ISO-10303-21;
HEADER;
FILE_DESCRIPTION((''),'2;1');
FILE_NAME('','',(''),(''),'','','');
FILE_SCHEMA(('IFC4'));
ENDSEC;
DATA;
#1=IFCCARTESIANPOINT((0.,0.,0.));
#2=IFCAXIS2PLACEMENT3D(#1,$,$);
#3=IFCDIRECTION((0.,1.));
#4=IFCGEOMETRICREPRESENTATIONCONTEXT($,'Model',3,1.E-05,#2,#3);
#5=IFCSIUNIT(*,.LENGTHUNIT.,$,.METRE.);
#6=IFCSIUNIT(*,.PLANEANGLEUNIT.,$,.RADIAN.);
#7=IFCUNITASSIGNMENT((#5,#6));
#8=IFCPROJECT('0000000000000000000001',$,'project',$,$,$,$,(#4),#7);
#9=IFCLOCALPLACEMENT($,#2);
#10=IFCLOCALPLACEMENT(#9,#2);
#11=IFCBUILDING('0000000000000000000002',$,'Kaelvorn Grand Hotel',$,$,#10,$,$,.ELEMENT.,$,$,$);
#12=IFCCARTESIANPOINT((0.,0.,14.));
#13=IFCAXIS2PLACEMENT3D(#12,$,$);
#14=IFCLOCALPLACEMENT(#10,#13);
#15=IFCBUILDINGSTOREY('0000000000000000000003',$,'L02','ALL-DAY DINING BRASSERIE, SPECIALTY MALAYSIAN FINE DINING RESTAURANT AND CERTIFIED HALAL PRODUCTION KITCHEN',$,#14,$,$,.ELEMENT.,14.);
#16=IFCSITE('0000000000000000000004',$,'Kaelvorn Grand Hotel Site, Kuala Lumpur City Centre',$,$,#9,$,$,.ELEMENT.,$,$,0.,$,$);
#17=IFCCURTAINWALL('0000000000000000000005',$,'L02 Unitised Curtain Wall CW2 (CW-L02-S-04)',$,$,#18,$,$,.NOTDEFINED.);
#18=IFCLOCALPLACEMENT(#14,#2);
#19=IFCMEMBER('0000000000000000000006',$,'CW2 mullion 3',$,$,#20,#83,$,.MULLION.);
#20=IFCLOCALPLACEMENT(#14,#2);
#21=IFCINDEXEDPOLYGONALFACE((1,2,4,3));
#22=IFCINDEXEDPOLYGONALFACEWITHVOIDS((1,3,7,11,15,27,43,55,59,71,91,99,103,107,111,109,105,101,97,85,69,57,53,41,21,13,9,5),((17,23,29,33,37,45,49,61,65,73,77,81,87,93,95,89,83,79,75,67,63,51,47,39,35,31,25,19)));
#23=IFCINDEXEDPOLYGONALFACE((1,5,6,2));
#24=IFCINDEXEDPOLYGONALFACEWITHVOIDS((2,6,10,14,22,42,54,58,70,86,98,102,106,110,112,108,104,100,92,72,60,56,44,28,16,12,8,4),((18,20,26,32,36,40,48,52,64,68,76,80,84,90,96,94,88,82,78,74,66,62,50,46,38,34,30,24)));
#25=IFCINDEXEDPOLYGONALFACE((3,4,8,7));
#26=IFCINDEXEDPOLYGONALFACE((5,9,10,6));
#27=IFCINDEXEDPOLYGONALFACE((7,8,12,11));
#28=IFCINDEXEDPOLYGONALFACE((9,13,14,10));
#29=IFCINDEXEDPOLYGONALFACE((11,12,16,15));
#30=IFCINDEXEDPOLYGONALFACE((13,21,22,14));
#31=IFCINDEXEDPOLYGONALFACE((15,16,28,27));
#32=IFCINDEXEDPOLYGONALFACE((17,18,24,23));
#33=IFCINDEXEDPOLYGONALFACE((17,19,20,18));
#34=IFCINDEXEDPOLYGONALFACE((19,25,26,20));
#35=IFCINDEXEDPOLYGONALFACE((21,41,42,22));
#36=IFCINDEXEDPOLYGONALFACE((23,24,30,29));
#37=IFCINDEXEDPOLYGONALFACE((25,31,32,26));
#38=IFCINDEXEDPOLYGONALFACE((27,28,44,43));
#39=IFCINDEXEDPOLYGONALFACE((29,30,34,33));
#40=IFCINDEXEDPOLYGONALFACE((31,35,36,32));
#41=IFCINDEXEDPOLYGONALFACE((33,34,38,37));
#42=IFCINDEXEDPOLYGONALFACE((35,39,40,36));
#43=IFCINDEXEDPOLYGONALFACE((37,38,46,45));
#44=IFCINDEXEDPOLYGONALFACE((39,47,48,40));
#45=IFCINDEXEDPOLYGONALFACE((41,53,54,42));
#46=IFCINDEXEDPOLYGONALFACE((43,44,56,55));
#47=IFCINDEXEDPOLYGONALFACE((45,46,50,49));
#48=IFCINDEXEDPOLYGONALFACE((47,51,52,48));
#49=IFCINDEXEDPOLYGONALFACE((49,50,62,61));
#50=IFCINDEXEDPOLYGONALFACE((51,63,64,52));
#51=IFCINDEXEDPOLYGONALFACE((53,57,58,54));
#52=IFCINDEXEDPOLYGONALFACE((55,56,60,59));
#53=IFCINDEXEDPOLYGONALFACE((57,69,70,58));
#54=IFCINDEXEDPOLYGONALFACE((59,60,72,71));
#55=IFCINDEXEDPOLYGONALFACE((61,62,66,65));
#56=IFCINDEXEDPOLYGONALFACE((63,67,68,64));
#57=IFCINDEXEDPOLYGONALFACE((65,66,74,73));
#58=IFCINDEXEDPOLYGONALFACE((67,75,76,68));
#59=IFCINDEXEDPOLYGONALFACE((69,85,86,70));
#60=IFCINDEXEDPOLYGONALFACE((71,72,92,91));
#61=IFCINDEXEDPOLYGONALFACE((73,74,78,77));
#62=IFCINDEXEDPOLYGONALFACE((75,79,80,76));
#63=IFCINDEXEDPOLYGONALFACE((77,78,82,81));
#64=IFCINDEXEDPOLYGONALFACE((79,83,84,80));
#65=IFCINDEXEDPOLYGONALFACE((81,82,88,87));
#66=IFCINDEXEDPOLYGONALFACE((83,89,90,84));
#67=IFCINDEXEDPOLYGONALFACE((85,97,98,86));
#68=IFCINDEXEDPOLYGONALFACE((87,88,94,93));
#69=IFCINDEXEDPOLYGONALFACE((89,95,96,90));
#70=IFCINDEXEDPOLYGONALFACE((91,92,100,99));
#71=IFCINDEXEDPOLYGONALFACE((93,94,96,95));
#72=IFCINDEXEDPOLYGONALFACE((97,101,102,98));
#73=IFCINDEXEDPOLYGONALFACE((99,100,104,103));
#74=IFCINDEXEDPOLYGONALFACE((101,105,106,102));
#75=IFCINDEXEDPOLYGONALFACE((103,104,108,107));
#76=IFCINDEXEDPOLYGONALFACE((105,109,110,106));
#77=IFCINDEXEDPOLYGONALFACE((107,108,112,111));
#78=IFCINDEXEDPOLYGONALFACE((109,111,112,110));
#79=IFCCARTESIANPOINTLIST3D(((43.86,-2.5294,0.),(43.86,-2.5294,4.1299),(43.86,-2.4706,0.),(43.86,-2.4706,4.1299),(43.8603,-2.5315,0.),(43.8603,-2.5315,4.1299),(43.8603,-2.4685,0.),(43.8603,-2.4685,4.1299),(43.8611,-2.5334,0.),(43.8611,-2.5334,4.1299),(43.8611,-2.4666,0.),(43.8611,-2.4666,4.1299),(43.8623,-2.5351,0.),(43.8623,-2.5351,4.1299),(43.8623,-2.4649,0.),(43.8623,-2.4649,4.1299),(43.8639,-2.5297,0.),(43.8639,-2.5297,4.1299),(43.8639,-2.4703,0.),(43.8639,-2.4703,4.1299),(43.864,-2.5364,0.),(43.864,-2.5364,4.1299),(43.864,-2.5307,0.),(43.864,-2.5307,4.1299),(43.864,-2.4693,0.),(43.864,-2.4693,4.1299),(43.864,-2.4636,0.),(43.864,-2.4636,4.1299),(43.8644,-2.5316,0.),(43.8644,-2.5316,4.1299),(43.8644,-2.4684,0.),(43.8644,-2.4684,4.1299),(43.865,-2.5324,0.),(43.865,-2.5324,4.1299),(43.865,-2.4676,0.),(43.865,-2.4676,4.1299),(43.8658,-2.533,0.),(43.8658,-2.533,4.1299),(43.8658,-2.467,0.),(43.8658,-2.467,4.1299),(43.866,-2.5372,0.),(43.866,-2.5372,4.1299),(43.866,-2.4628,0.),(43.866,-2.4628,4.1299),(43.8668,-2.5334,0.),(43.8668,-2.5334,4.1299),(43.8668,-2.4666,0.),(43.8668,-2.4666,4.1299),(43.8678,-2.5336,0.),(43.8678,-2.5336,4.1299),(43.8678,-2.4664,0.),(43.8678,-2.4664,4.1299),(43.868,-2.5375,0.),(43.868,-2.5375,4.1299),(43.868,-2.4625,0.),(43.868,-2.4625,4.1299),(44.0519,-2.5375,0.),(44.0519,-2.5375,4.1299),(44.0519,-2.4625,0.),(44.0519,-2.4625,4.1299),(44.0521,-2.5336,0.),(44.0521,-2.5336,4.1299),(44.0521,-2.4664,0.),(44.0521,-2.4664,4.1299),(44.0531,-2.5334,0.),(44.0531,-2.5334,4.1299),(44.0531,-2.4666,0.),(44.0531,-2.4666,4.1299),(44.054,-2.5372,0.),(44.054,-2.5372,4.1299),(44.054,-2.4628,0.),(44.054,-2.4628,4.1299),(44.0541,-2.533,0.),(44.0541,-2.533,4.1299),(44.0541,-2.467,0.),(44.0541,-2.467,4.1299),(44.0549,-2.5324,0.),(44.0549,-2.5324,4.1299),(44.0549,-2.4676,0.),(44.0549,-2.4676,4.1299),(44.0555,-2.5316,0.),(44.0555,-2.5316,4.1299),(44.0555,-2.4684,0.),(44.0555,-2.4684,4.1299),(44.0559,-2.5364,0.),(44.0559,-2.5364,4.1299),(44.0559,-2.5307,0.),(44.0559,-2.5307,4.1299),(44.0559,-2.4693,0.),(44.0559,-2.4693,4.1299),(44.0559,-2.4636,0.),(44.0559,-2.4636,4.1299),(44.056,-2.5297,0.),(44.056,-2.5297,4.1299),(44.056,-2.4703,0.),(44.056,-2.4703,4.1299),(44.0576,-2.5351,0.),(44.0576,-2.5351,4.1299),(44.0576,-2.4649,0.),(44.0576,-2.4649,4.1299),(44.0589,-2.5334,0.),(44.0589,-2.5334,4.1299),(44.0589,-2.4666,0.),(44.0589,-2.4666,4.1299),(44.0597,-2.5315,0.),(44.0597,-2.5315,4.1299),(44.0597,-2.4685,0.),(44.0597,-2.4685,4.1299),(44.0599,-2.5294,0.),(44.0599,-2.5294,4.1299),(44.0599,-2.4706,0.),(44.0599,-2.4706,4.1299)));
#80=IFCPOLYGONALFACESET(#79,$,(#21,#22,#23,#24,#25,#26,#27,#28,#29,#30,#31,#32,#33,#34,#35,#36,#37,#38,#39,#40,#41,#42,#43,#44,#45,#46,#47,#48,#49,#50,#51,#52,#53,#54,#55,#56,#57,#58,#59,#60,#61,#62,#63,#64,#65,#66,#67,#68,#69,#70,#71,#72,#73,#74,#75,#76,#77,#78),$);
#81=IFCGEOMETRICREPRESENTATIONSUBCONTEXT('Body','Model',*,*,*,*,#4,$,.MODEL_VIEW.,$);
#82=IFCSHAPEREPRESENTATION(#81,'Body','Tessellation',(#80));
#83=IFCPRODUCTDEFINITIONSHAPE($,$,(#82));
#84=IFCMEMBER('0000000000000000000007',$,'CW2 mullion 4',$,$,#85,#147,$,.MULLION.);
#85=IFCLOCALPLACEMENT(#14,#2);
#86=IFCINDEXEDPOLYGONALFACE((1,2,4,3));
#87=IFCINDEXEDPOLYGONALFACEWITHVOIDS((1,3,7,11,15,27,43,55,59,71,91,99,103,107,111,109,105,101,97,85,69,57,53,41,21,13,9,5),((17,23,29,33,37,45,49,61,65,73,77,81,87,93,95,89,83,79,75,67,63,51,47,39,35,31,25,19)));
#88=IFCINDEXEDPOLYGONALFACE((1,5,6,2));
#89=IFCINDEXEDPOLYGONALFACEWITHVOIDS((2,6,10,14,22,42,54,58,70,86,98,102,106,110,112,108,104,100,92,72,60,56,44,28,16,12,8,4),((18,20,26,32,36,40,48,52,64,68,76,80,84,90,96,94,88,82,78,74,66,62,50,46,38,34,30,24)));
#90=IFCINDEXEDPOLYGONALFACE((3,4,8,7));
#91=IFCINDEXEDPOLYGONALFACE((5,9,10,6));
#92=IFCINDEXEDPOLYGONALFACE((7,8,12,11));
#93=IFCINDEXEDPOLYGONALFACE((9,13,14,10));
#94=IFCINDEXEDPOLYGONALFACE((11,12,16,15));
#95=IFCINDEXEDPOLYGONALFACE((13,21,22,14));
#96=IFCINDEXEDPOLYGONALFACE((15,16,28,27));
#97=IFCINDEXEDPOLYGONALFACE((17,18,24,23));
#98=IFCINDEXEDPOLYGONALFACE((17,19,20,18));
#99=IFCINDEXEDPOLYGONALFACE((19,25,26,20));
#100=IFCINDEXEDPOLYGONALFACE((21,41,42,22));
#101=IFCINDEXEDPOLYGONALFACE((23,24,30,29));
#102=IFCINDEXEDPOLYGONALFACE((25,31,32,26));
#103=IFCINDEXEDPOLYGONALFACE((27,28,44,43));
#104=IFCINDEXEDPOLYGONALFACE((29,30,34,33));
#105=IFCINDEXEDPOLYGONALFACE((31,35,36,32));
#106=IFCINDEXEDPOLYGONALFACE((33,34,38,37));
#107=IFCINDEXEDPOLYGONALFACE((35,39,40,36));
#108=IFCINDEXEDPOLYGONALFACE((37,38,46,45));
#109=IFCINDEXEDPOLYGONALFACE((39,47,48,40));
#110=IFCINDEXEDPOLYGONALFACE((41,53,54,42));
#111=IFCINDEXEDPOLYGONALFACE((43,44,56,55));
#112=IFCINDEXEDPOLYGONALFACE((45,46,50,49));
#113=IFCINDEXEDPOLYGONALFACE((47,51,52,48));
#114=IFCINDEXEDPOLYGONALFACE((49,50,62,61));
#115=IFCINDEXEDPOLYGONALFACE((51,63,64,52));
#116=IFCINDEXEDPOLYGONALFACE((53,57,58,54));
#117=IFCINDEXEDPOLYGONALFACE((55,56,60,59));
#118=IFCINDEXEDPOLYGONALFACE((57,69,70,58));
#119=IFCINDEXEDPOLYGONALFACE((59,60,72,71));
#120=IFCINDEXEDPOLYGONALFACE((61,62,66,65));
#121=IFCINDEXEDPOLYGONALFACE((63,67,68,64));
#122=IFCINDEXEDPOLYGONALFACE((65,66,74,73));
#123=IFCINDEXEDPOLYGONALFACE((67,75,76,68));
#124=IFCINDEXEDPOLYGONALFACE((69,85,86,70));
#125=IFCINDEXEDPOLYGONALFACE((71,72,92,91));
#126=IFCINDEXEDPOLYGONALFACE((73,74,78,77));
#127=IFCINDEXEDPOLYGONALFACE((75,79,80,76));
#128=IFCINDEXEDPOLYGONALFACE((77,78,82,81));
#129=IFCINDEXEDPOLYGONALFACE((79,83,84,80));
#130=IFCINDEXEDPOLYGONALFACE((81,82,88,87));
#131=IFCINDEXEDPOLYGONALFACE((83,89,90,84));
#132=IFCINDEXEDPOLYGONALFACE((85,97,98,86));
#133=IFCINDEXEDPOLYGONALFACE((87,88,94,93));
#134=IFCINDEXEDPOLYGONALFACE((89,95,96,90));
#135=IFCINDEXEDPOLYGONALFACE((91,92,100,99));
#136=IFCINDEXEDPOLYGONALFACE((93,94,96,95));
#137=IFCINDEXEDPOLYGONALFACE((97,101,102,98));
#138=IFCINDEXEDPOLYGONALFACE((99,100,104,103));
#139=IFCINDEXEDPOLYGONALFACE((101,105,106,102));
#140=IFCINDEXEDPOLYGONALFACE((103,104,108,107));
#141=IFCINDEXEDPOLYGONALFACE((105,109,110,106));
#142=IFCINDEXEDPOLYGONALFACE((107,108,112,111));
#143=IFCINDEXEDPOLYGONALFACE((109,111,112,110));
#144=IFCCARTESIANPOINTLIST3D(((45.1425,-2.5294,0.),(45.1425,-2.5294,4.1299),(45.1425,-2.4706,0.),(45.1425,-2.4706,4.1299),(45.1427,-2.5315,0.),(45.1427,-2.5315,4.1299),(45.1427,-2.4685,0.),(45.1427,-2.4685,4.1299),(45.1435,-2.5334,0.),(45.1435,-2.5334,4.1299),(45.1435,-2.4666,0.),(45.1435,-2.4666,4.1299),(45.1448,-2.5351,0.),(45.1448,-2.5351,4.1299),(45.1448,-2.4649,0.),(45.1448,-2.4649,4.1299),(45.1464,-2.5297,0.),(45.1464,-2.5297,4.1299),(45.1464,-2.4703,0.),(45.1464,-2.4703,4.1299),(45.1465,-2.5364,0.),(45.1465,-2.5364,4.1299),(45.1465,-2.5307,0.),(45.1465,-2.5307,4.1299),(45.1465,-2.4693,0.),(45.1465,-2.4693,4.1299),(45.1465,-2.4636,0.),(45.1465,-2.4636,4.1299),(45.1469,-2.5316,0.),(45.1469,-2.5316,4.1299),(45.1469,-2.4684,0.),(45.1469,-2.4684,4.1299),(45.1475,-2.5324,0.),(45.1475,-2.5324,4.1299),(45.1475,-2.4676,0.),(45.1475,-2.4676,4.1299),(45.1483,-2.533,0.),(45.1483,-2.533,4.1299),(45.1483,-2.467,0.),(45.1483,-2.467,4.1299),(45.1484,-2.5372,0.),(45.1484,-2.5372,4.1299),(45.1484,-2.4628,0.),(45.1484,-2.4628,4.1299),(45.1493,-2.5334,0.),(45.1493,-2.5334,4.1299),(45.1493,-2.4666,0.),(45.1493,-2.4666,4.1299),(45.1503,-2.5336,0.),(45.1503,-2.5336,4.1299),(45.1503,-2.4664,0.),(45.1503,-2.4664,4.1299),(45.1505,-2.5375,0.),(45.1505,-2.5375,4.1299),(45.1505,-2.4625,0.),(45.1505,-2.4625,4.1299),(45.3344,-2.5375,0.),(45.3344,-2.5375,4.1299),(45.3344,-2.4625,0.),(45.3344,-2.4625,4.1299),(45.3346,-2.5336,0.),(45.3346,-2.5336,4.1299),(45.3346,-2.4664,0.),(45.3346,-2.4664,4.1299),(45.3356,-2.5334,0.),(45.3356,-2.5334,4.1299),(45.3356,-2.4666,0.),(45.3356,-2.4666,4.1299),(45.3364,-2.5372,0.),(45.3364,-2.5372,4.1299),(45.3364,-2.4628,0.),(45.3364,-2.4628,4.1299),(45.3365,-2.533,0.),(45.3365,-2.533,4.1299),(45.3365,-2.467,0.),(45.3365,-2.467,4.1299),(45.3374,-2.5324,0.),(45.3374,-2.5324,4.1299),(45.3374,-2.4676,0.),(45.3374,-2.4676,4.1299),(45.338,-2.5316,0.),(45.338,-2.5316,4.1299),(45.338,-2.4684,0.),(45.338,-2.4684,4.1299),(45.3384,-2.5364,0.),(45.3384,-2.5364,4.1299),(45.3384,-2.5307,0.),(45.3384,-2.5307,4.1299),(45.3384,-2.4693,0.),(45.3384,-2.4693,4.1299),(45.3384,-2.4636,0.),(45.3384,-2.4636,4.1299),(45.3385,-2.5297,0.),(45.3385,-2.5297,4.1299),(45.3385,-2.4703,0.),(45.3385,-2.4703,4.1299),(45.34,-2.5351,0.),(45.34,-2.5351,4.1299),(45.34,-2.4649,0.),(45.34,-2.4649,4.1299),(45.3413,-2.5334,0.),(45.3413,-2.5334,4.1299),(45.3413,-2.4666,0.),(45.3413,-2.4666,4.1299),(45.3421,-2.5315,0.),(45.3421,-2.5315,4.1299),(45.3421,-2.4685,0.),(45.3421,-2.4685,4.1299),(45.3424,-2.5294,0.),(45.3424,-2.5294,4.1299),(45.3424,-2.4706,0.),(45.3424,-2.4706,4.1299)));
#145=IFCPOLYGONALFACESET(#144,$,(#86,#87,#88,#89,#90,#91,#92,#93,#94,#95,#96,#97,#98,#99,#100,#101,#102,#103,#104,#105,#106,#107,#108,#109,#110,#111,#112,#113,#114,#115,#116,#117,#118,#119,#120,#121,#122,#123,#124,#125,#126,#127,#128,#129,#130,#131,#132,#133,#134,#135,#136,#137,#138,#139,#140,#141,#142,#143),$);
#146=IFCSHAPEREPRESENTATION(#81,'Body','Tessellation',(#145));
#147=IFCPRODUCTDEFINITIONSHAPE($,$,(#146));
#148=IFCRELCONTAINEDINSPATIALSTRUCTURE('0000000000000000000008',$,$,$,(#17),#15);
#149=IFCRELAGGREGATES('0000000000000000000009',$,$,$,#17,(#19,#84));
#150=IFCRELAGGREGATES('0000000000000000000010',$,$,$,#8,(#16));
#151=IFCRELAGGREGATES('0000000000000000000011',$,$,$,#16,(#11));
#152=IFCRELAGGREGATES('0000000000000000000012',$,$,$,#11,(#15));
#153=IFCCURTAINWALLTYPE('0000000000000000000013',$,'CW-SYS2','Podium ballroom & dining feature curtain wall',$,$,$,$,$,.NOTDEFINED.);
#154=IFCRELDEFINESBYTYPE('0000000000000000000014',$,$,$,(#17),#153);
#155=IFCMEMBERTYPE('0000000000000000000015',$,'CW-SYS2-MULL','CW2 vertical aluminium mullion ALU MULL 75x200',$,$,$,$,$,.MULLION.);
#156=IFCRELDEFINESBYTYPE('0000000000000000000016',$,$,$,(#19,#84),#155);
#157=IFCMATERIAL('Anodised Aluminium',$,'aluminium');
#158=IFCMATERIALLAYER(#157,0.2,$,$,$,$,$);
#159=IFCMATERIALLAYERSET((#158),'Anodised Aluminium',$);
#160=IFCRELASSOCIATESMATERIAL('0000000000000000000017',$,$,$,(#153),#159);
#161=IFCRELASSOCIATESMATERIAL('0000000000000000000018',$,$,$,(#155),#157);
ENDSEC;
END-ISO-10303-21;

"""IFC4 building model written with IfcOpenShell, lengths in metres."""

from ifc_helpers import new_model, si_unit, direction, frame, origin, origin_2d, place, context, subcontext, project, spatial, hollow_rectangle, extrude, material, layer, layer_set, material_profile, profile_set, type_object, element, aggregate, save


model = new_model("IFC4")

# Units and contexts
model_context = context("Model", 3, precision=1e-05, world=origin(), true_north=direction((0.0, 1.0)))
body_context = subcontext(model_context, "Body", "Model", "MODEL_VIEW")
ifc_project = project(units=[si_unit("LENGTHUNIT", "METRE"), si_unit("PLANEANGLEUNIT", "RADIAN")], contexts=[model_context])

# Site, building, storey
site_placement = place(None, origin())
site = spatial("IfcSite", under=ifc_project, at=site_placement, Name="Kaelvorn Grand Hotel Site, Kuala Lumpur City Centre", CompositionType="ELEMENT", RefElevation=0.0)
building_placement = place(site_placement, origin())
building = spatial("IfcBuilding", under=site, at=building_placement, Name="Kaelvorn Grand Hotel", CompositionType="ELEMENT")
storey_placement = place(building_placement, frame((0.0, 0.0, 14.0)))
storey = spatial("IfcBuildingStorey", under=building, at=storey_placement, Name="L02", Description="ALL-DAY DINING BRASSERIE, SPECIALTY MALAYSIAN FINE DINING RESTAURANT AND CERTIFIED HALAL PRODUCTION KITCHEN", CompositionType="ELEMENT", Elevation=14.0)

# Curtain wall, members
ifc_material_1 = material(Name="Anodised Aluminium", Category="aluminium")
ifc_layer_1 = layer(ifc_material_1, 0.2)
ifc_layer_set_1 = layer_set([ifc_layer_1], Name="Anodised Aluminium")
curtain_wall_type = type_object("IfcCurtainWallType", Name="CW-SYS2", Description="Podium ballroom & dining feature curtain wall", PredefinedType="NOTDEFINED", material=ifc_layer_set_1)
curtain_wall_1_placement = place(storey_placement, origin())
curtain_wall_1 = element("IfcCurtainWall", 1, at=curtain_wall_1_placement, inside=storey, type_object=curtain_wall_type, Name="L02 Unitised Curtain Wall CW2 (CW-L02-S-04)", PredefinedType="NOTDEFINED")
ifc_material_profile_1 = material_profile(ifc_material_1, hollow_rectangle(XDim=0.075, YDim=0.2, WallThickness=0.0039, InnerFilletRadius=0.0039, OuterFilletRadius=0.0081, at=origin_2d()), Name="ALU MULL 75x200")
ifc_profile_set_1 = profile_set([ifc_material_profile_1], Name="Anodised Aluminium")
member_type_1 = type_object("IfcMemberType", Name="CW-SYS2-MULL", Description="CW2 vertical aluminium mullion ALU MULL 75x200", PredefinedType="MULLION", material=ifc_profile_set_1)
member_1_placement = place(storey_placement, frame((43.96, -2.5, 0.0), z_axis=(0.0, 0.0, 1.0), x_axis=(0.0, 1.0, 0.0)))
member_1 = element("IfcMember", 2, at=member_1_placement, type_object=member_type_1, Name="CW2 mullion 3", PredefinedType="MULLION", context=body_context, shape_type="SweptSolid", body=[
    extrude(hollow_rectangle(XDim=0.075, YDim=0.2, WallThickness=0.0039, InnerFilletRadius=0.0039, OuterFilletRadius=0.0081, at=origin_2d()), origin(), (0.0, 0.0, 1.0), 4.1299),
])
member_2_placement = place(storey_placement, frame((45.2424, -2.5, 0.0), z_axis=(0.0, 0.0, 1.0), x_axis=(0.0, 1.0, 0.0)))
member_2 = element("IfcMember", 3, at=member_2_placement, type_object=member_type_1, Name="CW2 mullion 4", PredefinedType="MULLION", context=body_context, shape_type="SweptSolid", body=[
    extrude(hollow_rectangle(XDim=0.075, YDim=0.2, WallThickness=0.0039, InnerFilletRadius=0.0039, OuterFilletRadius=0.0081, at=origin_2d()), origin(), (0.0, 0.0, 1.0), 4.1299),
])

aggregate(curtain_wall_1, [member_1, member_2])

save(model, "model.ifc")
